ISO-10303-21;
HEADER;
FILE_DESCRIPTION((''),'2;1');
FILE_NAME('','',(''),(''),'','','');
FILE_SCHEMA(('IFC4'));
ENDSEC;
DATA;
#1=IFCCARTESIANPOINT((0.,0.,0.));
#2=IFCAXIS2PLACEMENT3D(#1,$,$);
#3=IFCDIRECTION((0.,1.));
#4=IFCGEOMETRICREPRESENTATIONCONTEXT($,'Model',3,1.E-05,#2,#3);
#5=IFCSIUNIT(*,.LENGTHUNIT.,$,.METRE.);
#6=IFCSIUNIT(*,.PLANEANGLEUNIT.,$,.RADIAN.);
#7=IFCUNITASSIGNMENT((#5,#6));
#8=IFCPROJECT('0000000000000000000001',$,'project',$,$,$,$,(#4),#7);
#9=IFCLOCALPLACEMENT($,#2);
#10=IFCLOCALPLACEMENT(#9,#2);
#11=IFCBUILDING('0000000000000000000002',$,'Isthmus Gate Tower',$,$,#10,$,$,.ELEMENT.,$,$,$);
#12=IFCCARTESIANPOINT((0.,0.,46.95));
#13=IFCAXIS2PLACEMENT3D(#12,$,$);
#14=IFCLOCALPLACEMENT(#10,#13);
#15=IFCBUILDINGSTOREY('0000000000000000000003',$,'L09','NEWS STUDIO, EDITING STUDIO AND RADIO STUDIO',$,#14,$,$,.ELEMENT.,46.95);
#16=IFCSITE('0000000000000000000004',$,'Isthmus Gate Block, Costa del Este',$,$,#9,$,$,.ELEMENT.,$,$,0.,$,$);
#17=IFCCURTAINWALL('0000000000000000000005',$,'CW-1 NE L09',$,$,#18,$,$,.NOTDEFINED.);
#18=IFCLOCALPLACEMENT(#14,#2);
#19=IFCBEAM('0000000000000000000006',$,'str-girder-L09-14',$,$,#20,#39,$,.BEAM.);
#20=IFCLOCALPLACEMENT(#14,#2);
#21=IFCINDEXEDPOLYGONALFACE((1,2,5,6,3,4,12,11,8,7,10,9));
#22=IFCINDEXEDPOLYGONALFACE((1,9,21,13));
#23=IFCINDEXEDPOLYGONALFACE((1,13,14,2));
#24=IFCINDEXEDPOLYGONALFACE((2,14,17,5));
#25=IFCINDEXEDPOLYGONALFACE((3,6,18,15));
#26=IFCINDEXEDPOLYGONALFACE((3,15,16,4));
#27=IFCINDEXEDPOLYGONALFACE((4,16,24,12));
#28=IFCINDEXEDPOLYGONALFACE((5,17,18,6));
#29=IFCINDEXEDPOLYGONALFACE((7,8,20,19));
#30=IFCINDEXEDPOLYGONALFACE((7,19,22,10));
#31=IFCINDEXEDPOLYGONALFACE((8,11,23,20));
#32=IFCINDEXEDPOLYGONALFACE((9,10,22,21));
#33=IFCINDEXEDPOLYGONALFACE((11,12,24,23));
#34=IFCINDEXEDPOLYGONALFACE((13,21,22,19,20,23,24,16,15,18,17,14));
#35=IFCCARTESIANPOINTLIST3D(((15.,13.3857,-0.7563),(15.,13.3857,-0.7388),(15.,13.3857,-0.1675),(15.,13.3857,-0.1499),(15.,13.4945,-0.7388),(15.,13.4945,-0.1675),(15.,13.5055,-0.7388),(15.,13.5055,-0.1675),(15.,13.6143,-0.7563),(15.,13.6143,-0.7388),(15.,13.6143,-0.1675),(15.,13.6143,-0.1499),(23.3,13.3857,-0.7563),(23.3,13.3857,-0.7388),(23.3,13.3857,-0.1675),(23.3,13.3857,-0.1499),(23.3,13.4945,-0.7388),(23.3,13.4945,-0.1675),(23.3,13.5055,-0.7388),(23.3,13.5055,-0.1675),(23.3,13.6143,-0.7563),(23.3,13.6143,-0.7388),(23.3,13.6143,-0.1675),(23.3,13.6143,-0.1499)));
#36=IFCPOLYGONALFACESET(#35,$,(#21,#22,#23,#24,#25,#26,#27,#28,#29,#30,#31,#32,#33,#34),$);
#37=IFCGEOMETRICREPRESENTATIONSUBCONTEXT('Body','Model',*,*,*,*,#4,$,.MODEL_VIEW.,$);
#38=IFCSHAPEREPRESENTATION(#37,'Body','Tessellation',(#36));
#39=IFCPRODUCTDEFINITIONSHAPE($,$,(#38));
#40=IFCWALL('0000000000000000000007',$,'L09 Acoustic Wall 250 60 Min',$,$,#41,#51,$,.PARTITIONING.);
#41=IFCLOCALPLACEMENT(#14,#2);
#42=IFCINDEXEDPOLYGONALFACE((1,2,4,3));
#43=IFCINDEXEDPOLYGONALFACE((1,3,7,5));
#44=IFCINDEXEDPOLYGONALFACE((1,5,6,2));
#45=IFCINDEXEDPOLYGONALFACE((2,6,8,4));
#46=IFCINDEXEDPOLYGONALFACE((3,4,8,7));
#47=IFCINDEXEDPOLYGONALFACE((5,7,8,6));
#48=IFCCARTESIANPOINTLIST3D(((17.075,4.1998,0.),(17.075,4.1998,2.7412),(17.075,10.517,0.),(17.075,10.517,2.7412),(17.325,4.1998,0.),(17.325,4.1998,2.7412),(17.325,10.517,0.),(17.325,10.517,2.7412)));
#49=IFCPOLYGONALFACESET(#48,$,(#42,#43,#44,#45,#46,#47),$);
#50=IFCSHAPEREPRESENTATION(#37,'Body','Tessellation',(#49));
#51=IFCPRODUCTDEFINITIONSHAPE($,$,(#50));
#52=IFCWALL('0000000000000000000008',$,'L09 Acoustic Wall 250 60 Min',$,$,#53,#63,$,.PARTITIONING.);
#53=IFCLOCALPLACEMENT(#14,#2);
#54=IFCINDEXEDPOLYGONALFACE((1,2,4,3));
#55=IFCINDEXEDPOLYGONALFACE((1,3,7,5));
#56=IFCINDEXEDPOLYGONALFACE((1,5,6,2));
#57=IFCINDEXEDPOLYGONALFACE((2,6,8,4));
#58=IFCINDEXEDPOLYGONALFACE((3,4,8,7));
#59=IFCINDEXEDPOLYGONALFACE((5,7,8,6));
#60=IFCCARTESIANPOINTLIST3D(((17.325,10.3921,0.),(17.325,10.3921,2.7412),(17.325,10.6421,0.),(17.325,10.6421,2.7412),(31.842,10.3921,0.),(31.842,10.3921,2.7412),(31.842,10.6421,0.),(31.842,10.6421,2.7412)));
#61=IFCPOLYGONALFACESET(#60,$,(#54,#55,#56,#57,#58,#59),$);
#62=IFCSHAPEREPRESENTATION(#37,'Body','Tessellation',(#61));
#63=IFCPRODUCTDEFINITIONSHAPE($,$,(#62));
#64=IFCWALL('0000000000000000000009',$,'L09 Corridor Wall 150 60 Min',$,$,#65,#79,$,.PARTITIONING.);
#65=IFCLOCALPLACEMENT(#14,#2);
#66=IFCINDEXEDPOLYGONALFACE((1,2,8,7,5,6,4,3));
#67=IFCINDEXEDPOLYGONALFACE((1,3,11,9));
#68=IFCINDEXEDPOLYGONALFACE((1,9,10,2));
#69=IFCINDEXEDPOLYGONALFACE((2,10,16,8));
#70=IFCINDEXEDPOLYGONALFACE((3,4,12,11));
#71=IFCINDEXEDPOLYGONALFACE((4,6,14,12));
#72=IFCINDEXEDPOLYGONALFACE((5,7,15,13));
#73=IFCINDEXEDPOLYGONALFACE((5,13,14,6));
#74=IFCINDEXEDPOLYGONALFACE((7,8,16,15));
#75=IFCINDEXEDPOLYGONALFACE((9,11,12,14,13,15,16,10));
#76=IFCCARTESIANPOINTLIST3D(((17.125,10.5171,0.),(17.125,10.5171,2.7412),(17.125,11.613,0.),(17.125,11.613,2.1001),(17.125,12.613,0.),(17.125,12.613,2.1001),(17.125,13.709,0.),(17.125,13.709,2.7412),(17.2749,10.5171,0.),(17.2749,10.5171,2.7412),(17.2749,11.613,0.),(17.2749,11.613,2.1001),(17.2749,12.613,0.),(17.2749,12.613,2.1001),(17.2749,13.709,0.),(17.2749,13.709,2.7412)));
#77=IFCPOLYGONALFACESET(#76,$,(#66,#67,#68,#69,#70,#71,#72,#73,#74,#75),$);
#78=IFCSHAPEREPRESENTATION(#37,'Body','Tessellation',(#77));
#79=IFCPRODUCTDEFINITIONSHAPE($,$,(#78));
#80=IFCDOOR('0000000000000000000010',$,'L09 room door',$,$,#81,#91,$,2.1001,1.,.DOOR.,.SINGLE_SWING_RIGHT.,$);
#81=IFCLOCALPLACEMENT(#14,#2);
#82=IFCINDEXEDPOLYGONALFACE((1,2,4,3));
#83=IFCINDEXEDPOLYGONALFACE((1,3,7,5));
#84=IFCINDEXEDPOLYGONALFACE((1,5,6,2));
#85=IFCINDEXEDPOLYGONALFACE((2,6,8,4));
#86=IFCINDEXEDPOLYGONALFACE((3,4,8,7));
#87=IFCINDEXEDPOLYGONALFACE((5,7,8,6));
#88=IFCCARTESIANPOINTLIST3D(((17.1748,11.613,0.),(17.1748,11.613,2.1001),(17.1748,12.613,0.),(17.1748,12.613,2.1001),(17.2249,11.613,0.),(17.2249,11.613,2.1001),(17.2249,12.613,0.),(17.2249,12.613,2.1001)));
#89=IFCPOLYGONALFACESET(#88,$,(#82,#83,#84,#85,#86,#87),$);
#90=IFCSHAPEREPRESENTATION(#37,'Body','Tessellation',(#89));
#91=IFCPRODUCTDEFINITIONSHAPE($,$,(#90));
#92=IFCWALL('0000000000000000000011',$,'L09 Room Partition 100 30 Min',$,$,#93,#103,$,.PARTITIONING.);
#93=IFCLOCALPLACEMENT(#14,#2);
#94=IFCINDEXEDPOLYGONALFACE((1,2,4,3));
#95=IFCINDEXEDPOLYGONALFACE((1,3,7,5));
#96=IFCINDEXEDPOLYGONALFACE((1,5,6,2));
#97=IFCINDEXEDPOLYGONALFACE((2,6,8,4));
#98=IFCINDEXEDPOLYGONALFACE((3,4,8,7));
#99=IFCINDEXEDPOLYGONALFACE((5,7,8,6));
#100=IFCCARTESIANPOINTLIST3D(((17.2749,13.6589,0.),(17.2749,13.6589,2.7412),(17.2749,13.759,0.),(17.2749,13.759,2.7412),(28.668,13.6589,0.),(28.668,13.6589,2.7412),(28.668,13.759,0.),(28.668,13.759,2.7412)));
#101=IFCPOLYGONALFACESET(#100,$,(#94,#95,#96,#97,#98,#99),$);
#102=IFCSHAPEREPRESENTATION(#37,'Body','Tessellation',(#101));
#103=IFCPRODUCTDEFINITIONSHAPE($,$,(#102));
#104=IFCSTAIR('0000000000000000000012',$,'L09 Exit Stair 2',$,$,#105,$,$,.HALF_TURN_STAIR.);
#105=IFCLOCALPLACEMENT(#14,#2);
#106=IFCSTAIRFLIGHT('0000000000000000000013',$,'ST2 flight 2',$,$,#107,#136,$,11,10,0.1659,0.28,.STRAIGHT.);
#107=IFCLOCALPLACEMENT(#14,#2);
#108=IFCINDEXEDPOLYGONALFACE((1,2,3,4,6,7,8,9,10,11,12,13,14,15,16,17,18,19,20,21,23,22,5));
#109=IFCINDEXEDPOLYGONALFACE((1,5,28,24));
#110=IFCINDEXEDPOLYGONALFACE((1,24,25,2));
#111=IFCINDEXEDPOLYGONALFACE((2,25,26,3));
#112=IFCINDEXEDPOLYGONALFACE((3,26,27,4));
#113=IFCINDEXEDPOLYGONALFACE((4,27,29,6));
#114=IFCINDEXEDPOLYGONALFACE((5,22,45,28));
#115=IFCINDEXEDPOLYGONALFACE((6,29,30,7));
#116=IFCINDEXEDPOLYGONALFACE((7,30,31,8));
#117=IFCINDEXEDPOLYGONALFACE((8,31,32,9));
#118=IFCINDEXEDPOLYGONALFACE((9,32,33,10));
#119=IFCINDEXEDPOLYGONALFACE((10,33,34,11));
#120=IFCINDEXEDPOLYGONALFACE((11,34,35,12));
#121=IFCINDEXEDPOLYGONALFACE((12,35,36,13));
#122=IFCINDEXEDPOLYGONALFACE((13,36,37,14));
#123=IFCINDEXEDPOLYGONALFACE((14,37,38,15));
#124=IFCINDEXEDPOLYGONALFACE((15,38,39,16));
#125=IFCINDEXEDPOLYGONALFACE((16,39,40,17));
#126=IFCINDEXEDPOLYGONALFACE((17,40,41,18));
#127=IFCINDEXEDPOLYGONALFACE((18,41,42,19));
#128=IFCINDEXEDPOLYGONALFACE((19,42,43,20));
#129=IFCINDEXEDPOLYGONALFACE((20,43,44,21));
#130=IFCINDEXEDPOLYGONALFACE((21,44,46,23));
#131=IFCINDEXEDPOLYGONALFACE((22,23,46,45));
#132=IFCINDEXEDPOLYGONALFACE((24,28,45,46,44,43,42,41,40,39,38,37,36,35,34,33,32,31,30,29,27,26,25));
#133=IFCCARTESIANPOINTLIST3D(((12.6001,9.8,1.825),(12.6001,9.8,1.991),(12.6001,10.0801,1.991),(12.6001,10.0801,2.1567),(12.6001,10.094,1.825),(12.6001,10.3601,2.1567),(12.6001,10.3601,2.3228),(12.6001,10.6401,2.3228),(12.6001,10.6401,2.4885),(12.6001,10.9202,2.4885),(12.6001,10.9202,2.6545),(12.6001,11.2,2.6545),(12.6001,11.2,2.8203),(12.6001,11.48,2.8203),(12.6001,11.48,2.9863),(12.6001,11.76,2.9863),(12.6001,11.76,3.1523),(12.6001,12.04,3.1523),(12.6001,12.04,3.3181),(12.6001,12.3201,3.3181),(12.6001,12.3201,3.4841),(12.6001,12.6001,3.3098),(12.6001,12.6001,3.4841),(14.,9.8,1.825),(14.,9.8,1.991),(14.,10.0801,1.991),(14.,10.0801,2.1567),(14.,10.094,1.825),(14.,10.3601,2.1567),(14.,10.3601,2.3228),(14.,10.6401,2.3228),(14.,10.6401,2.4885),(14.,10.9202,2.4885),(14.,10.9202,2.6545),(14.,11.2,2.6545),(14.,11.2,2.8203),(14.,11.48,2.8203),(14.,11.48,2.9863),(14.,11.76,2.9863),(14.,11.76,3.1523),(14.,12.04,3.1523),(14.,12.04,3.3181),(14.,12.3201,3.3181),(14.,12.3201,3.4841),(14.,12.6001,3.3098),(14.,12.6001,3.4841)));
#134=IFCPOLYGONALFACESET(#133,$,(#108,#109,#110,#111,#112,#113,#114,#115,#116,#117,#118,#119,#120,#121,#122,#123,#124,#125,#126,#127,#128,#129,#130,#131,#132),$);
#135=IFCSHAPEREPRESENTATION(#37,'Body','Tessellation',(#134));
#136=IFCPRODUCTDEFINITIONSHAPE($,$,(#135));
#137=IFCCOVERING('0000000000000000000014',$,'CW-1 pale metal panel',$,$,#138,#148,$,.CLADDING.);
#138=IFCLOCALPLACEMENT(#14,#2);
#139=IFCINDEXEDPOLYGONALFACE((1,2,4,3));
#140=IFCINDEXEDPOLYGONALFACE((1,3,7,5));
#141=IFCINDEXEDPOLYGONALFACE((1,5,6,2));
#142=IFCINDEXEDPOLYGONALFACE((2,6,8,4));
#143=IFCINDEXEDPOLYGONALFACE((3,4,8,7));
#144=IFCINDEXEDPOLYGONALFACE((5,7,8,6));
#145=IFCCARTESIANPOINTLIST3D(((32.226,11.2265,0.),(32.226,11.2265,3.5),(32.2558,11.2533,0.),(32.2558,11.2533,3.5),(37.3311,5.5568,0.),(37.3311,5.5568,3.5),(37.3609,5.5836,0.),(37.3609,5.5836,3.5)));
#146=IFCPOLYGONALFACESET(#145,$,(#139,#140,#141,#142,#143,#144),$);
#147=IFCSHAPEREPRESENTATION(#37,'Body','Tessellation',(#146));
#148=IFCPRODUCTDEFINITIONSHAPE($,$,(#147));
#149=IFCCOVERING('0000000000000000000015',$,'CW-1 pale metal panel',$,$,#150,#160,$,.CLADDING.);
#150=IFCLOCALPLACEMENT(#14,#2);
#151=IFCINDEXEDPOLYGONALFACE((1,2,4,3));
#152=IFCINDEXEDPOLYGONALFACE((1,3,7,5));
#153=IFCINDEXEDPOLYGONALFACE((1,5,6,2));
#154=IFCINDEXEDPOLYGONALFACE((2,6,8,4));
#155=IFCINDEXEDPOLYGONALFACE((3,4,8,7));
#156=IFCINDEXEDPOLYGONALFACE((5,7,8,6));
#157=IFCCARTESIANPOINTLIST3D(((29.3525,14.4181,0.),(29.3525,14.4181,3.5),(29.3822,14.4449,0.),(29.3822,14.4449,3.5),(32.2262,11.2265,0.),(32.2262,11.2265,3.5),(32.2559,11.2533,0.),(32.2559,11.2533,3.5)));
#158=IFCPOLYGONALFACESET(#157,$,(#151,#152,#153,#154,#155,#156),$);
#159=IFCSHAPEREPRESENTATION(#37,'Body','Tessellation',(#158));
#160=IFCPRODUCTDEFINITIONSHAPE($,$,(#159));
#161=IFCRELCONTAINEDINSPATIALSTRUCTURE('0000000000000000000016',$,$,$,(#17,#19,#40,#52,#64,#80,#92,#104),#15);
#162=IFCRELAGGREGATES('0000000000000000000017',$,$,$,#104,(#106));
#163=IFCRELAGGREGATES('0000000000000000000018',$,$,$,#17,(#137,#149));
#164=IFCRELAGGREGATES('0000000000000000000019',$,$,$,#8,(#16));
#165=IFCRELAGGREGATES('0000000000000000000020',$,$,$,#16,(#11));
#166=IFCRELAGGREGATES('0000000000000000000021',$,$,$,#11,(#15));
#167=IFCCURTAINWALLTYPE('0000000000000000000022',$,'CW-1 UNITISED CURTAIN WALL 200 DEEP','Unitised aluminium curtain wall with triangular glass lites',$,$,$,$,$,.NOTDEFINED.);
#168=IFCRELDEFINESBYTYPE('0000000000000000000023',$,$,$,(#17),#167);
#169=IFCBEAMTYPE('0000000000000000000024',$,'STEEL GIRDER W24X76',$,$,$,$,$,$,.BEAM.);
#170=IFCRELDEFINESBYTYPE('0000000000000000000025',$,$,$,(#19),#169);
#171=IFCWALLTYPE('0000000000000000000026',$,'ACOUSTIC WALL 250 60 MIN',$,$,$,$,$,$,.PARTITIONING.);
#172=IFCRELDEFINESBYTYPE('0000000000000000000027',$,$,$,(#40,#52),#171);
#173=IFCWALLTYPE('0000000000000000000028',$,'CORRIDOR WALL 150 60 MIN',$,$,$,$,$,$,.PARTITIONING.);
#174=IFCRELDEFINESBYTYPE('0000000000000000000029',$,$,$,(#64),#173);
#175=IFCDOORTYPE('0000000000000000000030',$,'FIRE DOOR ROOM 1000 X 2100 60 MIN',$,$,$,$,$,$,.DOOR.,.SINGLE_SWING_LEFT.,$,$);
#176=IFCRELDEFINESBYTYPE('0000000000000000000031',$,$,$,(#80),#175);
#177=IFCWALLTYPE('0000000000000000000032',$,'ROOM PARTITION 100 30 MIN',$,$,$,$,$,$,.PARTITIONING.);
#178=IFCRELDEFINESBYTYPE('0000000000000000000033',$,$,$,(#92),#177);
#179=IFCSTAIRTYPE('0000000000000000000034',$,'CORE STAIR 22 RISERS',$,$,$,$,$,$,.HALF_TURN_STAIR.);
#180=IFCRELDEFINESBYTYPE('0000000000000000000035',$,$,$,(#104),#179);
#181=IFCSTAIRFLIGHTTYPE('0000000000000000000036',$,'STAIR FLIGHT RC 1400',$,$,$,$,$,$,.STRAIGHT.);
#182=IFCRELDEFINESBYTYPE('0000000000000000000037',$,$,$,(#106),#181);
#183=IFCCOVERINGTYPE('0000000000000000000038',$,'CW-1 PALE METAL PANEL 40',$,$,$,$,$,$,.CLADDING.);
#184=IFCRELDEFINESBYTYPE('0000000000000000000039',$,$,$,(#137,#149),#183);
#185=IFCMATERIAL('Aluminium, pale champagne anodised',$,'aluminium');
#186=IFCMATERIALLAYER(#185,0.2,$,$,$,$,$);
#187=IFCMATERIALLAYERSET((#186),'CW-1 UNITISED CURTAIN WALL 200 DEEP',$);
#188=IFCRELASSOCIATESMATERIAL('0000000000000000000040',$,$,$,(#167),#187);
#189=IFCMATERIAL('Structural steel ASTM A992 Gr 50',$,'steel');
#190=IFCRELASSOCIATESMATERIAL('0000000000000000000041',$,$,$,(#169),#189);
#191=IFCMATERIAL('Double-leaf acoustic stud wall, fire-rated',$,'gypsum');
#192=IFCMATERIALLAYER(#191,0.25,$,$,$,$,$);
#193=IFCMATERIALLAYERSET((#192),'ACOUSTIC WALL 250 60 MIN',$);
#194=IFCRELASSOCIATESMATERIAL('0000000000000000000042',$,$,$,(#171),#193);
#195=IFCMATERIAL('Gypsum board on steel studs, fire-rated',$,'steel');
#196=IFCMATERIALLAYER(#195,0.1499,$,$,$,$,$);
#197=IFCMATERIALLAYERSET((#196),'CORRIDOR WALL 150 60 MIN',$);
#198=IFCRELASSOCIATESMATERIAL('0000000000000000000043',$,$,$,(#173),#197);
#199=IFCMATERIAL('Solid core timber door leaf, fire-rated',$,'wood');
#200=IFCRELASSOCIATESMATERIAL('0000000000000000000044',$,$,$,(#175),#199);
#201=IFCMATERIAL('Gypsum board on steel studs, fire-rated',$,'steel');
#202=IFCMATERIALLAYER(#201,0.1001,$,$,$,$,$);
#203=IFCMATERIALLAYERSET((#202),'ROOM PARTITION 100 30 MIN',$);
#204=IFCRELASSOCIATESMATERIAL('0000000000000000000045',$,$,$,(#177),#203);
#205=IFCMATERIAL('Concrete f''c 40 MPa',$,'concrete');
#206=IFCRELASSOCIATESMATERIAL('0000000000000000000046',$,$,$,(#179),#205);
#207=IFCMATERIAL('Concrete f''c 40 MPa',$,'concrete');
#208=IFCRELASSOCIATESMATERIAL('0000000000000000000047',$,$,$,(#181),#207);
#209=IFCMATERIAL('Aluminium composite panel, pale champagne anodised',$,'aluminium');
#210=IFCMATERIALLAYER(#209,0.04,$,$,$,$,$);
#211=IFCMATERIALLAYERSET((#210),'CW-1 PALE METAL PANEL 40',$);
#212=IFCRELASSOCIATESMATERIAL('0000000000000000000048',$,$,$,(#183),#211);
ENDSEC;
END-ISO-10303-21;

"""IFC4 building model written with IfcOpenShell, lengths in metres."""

from ifc_helpers import new_model, si_unit, direction, frame, frame_2d, origin, origin_2d, place, context, subcontext, project, spatial, polyline, rectangle, i_section, outline, extrude, material, layer, layer_set, material_profile, profile_set, type_object, element, fill, aggregate, save


model = new_model("IFC4")

# Units and contexts
model_context = context("Model", 3, precision=1e-05, world=origin(), true_north=direction((0.0, 1.0)))
body_context = subcontext(model_context, "Body", "Model", "MODEL_VIEW")
ifc_project = project(units=[si_unit("LENGTHUNIT", "METRE"), si_unit("PLANEANGLEUNIT", "RADIAN")], contexts=[model_context])

# Site, building, storey
site_placement = place(None, origin())
site = spatial("IfcSite", under=ifc_project, at=site_placement, Name="Isthmus Gate Block, Costa del Este", CompositionType="ELEMENT", RefElevation=0.0)
building_placement = place(site_placement, origin())
building = spatial("IfcBuilding", under=site, at=building_placement, Name="Isthmus Gate Tower", CompositionType="ELEMENT")
storey_placement = place(building_placement, frame((0.0, 0.0, 46.95)))
storey = spatial("IfcBuildingStorey", under=building, at=storey_placement, Name="L09", Description="NEWS STUDIO, EDITING STUDIO AND RADIO STUDIO", CompositionType="ELEMENT", Elevation=46.95)

# Curtain wall
ifc_material_1 = material(Name="Aluminium, pale champagne anodised", Category="aluminium")
ifc_layer_1 = layer(ifc_material_1, 0.2)
ifc_layer_set_1 = layer_set([ifc_layer_1], Name="CW-1 UNITISED CURTAIN WALL 200 DEEP")
curtain_wall_type = type_object("IfcCurtainWallType", Name="CW-1 UNITISED CURTAIN WALL 200 DEEP", Description="Unitised aluminium curtain wall with triangular glass lites", PredefinedType="NOTDEFINED", material=ifc_layer_set_1)
curtain_wall_placement = place(storey_placement, origin())
curtain_wall = element("IfcCurtainWall", 1, at=curtain_wall_placement, inside=storey, type_object=curtain_wall_type, Name="CW-1 NE L09", PredefinedType="NOTDEFINED")

# Beam
ifc_material_2 = material(Name="Structural steel ASTM A992 Gr 50", Category="steel")
ifc_material_profile_1 = material_profile(ifc_material_2, i_section(OverallWidth=0.2285, OverallDepth=0.6064, WebThickness=0.011, FlangeThickness=0.0176, at=origin_2d()), Name="W24X76")
ifc_profile_set_1 = profile_set([ifc_material_profile_1], Name="Structural steel ASTM A992 Gr 50")
beam_type_1 = type_object("IfcBeamType", Name="STEEL GIRDER W24X76", PredefinedType="BEAM", material=ifc_profile_set_1)
beam_1_placement = place(storey_placement, frame((15.0, 13.5, -0.4531), z_axis=(1.0, 0.0, 0.0), x_axis=(0.0, 1.0, 0.0)))
element("IfcBeam", 2, at=beam_1_placement, inside=storey, type_object=beam_type_1, Name="str-girder-L09-14", PredefinedType="BEAM", context=body_context, shape_type="SweptSolid", body=[
    extrude(i_section(OverallWidth=0.2285, OverallDepth=0.6064, WebThickness=0.011, FlangeThickness=0.0176, at=origin_2d()), origin(), (0.0, 0.0, 1.0), 8.3),
])

# Walls
ifc_material_3 = material(Name="Double-leaf acoustic stud wall, fire-rated", Category="gypsum")
ifc_layer_2 = layer(ifc_material_3, 0.25)
ifc_layer_set_2 = layer_set([ifc_layer_2], Name="ACOUSTIC WALL 250 60 MIN")
wall_type_1 = type_object("IfcWallType", Name="ACOUSTIC WALL 250 60 MIN", PredefinedType="PARTITIONING", material=ifc_layer_set_2)
wall_1_placement = place(storey_placement, frame((17.2, 10.5171, 0.0), z_axis=(0.0, 0.0, 1.0), x_axis=(0.0, -1.0, 0.0)))
element("IfcWall", 3, at=wall_1_placement, inside=storey, type_object=wall_type_1, Name="L09 Acoustic Wall 250 60 Min", PredefinedType="PARTITIONING", context=body_context, shape_type="SweptSolid", body=[
    extrude(rectangle(XDim=6.3171, YDim=0.25, at=frame_2d((3.1587, 0.0))), origin(), (0.0, 0.0, 1.0), 2.7412),
])
wall_2_placement = place(storey_placement, frame((17.325, 10.5171, 0.0), z_axis=(0.0, 0.0, 1.0), x_axis=(1.0, 0.0, 0.0)))
element("IfcWall", 4, at=wall_2_placement, inside=storey, type_object=wall_type_1, Name="L09 Acoustic Wall 250 60 Min", PredefinedType="PARTITIONING", context=body_context, shape_type="SweptSolid", body=[
    extrude(rectangle(XDim=14.5171, YDim=0.25, at=frame_2d((7.2585, 0.0))), origin(), (0.0, 0.0, 1.0), 2.7412),
])

# Wall, opening, door
ifc_material_4 = material(Name="Gypsum board on steel studs, fire-rated", Category="steel")
ifc_layer_3 = layer(ifc_material_4, 0.1499)
ifc_layer_set_3 = layer_set([ifc_layer_3], Name="CORRIDOR WALL 150 60 MIN")
wall_type_2 = type_object("IfcWallType", Name="CORRIDOR WALL 150 60 MIN", PredefinedType="PARTITIONING", material=ifc_layer_set_3)
wall_3_placement = place(storey_placement, frame((17.2, 13.709, 0.0), z_axis=(0.0, 0.0, 1.0), x_axis=(0.0, -1.0, 0.0)))
wall_3 = element("IfcWall", 5, at=wall_3_placement, inside=storey, type_object=wall_type_2, Name="L09 Corridor Wall 150 60 Min", PredefinedType="PARTITIONING", context=body_context, shape_type="SweptSolid", body=[
    extrude(rectangle(XDim=3.1919, YDim=0.1499, at=frame_2d((1.5959, 0.0))), origin(), (0.0, 0.0, 1.0), 2.7412),
])
opening_placement = place(wall_3_placement, frame((1.0959, 0.0, 0.0)))
opening = element("IfcOpeningElement", 6, at=opening_placement, cuts=wall_3, PredefinedType="OPENING", context=body_context, shape_type="SweptSolid", body=[
    extrude(rectangle(XDim=1.0, YDim=2.1001, at=frame_2d((0.5, 1.05))), frame((0.0, 0.085, 0.0), z_axis=(0.0, -1.0, 0.0), x_axis=(1.0, 0.0, 0.0)), (0.0, 0.0, 1.0), 0.1699),
])
ifc_material_5 = material(Name="Solid core timber door leaf, fire-rated", Category="wood")
door_type = type_object("IfcDoorType", Name="FIRE DOOR ROOM 1000 X 2100 60 MIN", OperationType="SINGLE_SWING_LEFT", PredefinedType="DOOR", material=ifc_material_5)
door_placement = place(opening_placement, origin())
door = element("IfcDoor", 7, at=door_placement, inside=storey, type_object=door_type, Name="L09 room door", OperationType="SINGLE_SWING_RIGHT", OverallHeight=2.1001, OverallWidth=1.0, PredefinedType="DOOR", context=body_context, shape_type="SweptSolid", body=[
    extrude(rectangle(XDim=1.0, YDim=2.1001, at=frame_2d((0.5, 1.05))), frame((0.0, 0.0249, 0.0), z_axis=(0.0, -1.0, 0.0), x_axis=(1.0, 0.0, 0.0)), (0.0, 0.0, 1.0), 0.05),
])
fill(opening, door)

# Wall
ifc_material_6 = material(Name="Gypsum board on steel studs, fire-rated", Category="steel")
ifc_layer_4 = layer(ifc_material_6, 0.1001)
ifc_layer_set_4 = layer_set([ifc_layer_4], Name="ROOM PARTITION 100 30 MIN")
wall_type_3 = type_object("IfcWallType", Name="ROOM PARTITION 100 30 MIN", PredefinedType="PARTITIONING", material=ifc_layer_set_4)
wall_4_placement = place(storey_placement, frame((17.2749, 13.709, 0.0), z_axis=(0.0, 0.0, 1.0), x_axis=(1.0, 0.0, 0.0)))
element("IfcWall", 8, at=wall_4_placement, inside=storey, type_object=wall_type_3, Name="L09 Room Partition 100 30 Min", PredefinedType="PARTITIONING", context=body_context, shape_type="SweptSolid", body=[
    extrude(rectangle(XDim=11.3931, YDim=0.1001, at=frame_2d((5.6965, 0.0))), origin(), (0.0, 0.0, 1.0), 2.7412),
])

# Stair, stair flight
ifc_material_7 = material(Name="Concrete f'c 40 MPa", Category="concrete")
stair_type = type_object("IfcStairType", Name="CORE STAIR 22 RISERS", PredefinedType="HALF_TURN_STAIR", material=ifc_material_7)
stair_placement = place(storey_placement, origin())
stair = element("IfcStair", 9, at=stair_placement, inside=storey, type_object=stair_type, Name="L09 Exit Stair 2", PredefinedType="HALF_TURN_STAIR")
ifc_material_8 = material(Name="Concrete f'c 40 MPa", Category="concrete")
stair_flight_type = type_object("IfcStairFlightType", Name="STAIR FLIGHT RC 1400", PredefinedType="STRAIGHT", material=ifc_material_8)
stair_flight_placement = place(storey_placement, frame((13.3, 9.8, 1.825), z_axis=(0.0, 0.0, 1.0), x_axis=(0.0, 1.0, 0.0)))
stair_flight = element("IfcStairFlight", 10, at=stair_flight_placement, type_object=stair_flight_type, Name="ST2 flight 2", NumberOfRisers=11, NumberOfTreads=10, PredefinedType="STRAIGHT", RiserHeight=0.1659, TreadLength=0.28, context=body_context, shape_type="SweptSolid", body=[
    extrude(outline(polyline([(0.0, 0.0), (0.0, 0.166), (0.28, 0.166), (0.28, 0.3318), (0.5601, 0.3318), (0.5601, 0.4978), (0.8401, 0.4978), (0.8401, 0.6636), (1.1201, 0.6636), (1.1201, 0.8296), (1.3999, 0.8296), (1.3999, 0.9954), (1.6799, 0.9954), (1.6799, 1.1614), (1.96, 1.1614), (1.96, 1.3274), (2.24, 1.3274), (2.24, 1.4932), (2.52, 1.4932), (2.52, 1.6592), (2.8, 1.6592), (2.8, 1.825), (2.8, 1.4849), (0.2939, 0.0), (0.0, 0.0)])), frame((0.0, 0.7, 0.0), z_axis=(0.0, -1.0, 0.0), x_axis=(1.0, 0.0, 0.0)), (0.0, 0.0, 1.0), 1.3999),
])
aggregate(stair, [stair_flight])

# Coverings
ifc_material_9 = material(Name="Aluminium composite panel, pale champagne anodised", Category="aluminium")
ifc_layer_5 = layer(ifc_material_9, 0.04)
ifc_layer_set_5 = layer_set([ifc_layer_5], Name="CW-1 PALE METAL PANEL 40")
covering_type = type_object("IfcCoveringType", Name="CW-1 PALE METAL PANEL 40", PredefinedType="CLADDING", material=ifc_layer_set_5)
covering_1_placement = place(storey_placement, frame((34.7935, 8.405, 0.0), z_axis=(0.0, 0.0, 1.0), x_axis=(-0.669131, 0.743145, 0.0)))
covering_1 = element("IfcCovering", 11, at=covering_1_placement, type_object=covering_type, Name="CW-1 pale metal panel", PredefinedType="CLADDING", context=body_context, shape_type="SweptSolid", body=[
    extrude(rectangle(XDim=7.6294, YDim=0.04, at=origin_2d()), origin(), (0.0, 0.0, 1.0), 3.5),
])
covering_2_placement = place(storey_placement, frame((30.8042, 12.8357, 0.0), z_axis=(0.0, 0.0, 1.0), x_axis=(-0.669131, 0.743145, 0.0)))
covering_2 = element("IfcCovering", 12, at=covering_2_placement, type_object=covering_type, Name="CW-1 pale metal panel", PredefinedType="CLADDING", context=body_context, shape_type="SweptSolid", body=[
    extrude(rectangle(XDim=4.2947, YDim=0.04, at=origin_2d()), origin(), (0.0, 0.0, 1.0), 3.5),
])
aggregate(curtain_wall, [covering_1, covering_2])

save(model, "model.ifc")
